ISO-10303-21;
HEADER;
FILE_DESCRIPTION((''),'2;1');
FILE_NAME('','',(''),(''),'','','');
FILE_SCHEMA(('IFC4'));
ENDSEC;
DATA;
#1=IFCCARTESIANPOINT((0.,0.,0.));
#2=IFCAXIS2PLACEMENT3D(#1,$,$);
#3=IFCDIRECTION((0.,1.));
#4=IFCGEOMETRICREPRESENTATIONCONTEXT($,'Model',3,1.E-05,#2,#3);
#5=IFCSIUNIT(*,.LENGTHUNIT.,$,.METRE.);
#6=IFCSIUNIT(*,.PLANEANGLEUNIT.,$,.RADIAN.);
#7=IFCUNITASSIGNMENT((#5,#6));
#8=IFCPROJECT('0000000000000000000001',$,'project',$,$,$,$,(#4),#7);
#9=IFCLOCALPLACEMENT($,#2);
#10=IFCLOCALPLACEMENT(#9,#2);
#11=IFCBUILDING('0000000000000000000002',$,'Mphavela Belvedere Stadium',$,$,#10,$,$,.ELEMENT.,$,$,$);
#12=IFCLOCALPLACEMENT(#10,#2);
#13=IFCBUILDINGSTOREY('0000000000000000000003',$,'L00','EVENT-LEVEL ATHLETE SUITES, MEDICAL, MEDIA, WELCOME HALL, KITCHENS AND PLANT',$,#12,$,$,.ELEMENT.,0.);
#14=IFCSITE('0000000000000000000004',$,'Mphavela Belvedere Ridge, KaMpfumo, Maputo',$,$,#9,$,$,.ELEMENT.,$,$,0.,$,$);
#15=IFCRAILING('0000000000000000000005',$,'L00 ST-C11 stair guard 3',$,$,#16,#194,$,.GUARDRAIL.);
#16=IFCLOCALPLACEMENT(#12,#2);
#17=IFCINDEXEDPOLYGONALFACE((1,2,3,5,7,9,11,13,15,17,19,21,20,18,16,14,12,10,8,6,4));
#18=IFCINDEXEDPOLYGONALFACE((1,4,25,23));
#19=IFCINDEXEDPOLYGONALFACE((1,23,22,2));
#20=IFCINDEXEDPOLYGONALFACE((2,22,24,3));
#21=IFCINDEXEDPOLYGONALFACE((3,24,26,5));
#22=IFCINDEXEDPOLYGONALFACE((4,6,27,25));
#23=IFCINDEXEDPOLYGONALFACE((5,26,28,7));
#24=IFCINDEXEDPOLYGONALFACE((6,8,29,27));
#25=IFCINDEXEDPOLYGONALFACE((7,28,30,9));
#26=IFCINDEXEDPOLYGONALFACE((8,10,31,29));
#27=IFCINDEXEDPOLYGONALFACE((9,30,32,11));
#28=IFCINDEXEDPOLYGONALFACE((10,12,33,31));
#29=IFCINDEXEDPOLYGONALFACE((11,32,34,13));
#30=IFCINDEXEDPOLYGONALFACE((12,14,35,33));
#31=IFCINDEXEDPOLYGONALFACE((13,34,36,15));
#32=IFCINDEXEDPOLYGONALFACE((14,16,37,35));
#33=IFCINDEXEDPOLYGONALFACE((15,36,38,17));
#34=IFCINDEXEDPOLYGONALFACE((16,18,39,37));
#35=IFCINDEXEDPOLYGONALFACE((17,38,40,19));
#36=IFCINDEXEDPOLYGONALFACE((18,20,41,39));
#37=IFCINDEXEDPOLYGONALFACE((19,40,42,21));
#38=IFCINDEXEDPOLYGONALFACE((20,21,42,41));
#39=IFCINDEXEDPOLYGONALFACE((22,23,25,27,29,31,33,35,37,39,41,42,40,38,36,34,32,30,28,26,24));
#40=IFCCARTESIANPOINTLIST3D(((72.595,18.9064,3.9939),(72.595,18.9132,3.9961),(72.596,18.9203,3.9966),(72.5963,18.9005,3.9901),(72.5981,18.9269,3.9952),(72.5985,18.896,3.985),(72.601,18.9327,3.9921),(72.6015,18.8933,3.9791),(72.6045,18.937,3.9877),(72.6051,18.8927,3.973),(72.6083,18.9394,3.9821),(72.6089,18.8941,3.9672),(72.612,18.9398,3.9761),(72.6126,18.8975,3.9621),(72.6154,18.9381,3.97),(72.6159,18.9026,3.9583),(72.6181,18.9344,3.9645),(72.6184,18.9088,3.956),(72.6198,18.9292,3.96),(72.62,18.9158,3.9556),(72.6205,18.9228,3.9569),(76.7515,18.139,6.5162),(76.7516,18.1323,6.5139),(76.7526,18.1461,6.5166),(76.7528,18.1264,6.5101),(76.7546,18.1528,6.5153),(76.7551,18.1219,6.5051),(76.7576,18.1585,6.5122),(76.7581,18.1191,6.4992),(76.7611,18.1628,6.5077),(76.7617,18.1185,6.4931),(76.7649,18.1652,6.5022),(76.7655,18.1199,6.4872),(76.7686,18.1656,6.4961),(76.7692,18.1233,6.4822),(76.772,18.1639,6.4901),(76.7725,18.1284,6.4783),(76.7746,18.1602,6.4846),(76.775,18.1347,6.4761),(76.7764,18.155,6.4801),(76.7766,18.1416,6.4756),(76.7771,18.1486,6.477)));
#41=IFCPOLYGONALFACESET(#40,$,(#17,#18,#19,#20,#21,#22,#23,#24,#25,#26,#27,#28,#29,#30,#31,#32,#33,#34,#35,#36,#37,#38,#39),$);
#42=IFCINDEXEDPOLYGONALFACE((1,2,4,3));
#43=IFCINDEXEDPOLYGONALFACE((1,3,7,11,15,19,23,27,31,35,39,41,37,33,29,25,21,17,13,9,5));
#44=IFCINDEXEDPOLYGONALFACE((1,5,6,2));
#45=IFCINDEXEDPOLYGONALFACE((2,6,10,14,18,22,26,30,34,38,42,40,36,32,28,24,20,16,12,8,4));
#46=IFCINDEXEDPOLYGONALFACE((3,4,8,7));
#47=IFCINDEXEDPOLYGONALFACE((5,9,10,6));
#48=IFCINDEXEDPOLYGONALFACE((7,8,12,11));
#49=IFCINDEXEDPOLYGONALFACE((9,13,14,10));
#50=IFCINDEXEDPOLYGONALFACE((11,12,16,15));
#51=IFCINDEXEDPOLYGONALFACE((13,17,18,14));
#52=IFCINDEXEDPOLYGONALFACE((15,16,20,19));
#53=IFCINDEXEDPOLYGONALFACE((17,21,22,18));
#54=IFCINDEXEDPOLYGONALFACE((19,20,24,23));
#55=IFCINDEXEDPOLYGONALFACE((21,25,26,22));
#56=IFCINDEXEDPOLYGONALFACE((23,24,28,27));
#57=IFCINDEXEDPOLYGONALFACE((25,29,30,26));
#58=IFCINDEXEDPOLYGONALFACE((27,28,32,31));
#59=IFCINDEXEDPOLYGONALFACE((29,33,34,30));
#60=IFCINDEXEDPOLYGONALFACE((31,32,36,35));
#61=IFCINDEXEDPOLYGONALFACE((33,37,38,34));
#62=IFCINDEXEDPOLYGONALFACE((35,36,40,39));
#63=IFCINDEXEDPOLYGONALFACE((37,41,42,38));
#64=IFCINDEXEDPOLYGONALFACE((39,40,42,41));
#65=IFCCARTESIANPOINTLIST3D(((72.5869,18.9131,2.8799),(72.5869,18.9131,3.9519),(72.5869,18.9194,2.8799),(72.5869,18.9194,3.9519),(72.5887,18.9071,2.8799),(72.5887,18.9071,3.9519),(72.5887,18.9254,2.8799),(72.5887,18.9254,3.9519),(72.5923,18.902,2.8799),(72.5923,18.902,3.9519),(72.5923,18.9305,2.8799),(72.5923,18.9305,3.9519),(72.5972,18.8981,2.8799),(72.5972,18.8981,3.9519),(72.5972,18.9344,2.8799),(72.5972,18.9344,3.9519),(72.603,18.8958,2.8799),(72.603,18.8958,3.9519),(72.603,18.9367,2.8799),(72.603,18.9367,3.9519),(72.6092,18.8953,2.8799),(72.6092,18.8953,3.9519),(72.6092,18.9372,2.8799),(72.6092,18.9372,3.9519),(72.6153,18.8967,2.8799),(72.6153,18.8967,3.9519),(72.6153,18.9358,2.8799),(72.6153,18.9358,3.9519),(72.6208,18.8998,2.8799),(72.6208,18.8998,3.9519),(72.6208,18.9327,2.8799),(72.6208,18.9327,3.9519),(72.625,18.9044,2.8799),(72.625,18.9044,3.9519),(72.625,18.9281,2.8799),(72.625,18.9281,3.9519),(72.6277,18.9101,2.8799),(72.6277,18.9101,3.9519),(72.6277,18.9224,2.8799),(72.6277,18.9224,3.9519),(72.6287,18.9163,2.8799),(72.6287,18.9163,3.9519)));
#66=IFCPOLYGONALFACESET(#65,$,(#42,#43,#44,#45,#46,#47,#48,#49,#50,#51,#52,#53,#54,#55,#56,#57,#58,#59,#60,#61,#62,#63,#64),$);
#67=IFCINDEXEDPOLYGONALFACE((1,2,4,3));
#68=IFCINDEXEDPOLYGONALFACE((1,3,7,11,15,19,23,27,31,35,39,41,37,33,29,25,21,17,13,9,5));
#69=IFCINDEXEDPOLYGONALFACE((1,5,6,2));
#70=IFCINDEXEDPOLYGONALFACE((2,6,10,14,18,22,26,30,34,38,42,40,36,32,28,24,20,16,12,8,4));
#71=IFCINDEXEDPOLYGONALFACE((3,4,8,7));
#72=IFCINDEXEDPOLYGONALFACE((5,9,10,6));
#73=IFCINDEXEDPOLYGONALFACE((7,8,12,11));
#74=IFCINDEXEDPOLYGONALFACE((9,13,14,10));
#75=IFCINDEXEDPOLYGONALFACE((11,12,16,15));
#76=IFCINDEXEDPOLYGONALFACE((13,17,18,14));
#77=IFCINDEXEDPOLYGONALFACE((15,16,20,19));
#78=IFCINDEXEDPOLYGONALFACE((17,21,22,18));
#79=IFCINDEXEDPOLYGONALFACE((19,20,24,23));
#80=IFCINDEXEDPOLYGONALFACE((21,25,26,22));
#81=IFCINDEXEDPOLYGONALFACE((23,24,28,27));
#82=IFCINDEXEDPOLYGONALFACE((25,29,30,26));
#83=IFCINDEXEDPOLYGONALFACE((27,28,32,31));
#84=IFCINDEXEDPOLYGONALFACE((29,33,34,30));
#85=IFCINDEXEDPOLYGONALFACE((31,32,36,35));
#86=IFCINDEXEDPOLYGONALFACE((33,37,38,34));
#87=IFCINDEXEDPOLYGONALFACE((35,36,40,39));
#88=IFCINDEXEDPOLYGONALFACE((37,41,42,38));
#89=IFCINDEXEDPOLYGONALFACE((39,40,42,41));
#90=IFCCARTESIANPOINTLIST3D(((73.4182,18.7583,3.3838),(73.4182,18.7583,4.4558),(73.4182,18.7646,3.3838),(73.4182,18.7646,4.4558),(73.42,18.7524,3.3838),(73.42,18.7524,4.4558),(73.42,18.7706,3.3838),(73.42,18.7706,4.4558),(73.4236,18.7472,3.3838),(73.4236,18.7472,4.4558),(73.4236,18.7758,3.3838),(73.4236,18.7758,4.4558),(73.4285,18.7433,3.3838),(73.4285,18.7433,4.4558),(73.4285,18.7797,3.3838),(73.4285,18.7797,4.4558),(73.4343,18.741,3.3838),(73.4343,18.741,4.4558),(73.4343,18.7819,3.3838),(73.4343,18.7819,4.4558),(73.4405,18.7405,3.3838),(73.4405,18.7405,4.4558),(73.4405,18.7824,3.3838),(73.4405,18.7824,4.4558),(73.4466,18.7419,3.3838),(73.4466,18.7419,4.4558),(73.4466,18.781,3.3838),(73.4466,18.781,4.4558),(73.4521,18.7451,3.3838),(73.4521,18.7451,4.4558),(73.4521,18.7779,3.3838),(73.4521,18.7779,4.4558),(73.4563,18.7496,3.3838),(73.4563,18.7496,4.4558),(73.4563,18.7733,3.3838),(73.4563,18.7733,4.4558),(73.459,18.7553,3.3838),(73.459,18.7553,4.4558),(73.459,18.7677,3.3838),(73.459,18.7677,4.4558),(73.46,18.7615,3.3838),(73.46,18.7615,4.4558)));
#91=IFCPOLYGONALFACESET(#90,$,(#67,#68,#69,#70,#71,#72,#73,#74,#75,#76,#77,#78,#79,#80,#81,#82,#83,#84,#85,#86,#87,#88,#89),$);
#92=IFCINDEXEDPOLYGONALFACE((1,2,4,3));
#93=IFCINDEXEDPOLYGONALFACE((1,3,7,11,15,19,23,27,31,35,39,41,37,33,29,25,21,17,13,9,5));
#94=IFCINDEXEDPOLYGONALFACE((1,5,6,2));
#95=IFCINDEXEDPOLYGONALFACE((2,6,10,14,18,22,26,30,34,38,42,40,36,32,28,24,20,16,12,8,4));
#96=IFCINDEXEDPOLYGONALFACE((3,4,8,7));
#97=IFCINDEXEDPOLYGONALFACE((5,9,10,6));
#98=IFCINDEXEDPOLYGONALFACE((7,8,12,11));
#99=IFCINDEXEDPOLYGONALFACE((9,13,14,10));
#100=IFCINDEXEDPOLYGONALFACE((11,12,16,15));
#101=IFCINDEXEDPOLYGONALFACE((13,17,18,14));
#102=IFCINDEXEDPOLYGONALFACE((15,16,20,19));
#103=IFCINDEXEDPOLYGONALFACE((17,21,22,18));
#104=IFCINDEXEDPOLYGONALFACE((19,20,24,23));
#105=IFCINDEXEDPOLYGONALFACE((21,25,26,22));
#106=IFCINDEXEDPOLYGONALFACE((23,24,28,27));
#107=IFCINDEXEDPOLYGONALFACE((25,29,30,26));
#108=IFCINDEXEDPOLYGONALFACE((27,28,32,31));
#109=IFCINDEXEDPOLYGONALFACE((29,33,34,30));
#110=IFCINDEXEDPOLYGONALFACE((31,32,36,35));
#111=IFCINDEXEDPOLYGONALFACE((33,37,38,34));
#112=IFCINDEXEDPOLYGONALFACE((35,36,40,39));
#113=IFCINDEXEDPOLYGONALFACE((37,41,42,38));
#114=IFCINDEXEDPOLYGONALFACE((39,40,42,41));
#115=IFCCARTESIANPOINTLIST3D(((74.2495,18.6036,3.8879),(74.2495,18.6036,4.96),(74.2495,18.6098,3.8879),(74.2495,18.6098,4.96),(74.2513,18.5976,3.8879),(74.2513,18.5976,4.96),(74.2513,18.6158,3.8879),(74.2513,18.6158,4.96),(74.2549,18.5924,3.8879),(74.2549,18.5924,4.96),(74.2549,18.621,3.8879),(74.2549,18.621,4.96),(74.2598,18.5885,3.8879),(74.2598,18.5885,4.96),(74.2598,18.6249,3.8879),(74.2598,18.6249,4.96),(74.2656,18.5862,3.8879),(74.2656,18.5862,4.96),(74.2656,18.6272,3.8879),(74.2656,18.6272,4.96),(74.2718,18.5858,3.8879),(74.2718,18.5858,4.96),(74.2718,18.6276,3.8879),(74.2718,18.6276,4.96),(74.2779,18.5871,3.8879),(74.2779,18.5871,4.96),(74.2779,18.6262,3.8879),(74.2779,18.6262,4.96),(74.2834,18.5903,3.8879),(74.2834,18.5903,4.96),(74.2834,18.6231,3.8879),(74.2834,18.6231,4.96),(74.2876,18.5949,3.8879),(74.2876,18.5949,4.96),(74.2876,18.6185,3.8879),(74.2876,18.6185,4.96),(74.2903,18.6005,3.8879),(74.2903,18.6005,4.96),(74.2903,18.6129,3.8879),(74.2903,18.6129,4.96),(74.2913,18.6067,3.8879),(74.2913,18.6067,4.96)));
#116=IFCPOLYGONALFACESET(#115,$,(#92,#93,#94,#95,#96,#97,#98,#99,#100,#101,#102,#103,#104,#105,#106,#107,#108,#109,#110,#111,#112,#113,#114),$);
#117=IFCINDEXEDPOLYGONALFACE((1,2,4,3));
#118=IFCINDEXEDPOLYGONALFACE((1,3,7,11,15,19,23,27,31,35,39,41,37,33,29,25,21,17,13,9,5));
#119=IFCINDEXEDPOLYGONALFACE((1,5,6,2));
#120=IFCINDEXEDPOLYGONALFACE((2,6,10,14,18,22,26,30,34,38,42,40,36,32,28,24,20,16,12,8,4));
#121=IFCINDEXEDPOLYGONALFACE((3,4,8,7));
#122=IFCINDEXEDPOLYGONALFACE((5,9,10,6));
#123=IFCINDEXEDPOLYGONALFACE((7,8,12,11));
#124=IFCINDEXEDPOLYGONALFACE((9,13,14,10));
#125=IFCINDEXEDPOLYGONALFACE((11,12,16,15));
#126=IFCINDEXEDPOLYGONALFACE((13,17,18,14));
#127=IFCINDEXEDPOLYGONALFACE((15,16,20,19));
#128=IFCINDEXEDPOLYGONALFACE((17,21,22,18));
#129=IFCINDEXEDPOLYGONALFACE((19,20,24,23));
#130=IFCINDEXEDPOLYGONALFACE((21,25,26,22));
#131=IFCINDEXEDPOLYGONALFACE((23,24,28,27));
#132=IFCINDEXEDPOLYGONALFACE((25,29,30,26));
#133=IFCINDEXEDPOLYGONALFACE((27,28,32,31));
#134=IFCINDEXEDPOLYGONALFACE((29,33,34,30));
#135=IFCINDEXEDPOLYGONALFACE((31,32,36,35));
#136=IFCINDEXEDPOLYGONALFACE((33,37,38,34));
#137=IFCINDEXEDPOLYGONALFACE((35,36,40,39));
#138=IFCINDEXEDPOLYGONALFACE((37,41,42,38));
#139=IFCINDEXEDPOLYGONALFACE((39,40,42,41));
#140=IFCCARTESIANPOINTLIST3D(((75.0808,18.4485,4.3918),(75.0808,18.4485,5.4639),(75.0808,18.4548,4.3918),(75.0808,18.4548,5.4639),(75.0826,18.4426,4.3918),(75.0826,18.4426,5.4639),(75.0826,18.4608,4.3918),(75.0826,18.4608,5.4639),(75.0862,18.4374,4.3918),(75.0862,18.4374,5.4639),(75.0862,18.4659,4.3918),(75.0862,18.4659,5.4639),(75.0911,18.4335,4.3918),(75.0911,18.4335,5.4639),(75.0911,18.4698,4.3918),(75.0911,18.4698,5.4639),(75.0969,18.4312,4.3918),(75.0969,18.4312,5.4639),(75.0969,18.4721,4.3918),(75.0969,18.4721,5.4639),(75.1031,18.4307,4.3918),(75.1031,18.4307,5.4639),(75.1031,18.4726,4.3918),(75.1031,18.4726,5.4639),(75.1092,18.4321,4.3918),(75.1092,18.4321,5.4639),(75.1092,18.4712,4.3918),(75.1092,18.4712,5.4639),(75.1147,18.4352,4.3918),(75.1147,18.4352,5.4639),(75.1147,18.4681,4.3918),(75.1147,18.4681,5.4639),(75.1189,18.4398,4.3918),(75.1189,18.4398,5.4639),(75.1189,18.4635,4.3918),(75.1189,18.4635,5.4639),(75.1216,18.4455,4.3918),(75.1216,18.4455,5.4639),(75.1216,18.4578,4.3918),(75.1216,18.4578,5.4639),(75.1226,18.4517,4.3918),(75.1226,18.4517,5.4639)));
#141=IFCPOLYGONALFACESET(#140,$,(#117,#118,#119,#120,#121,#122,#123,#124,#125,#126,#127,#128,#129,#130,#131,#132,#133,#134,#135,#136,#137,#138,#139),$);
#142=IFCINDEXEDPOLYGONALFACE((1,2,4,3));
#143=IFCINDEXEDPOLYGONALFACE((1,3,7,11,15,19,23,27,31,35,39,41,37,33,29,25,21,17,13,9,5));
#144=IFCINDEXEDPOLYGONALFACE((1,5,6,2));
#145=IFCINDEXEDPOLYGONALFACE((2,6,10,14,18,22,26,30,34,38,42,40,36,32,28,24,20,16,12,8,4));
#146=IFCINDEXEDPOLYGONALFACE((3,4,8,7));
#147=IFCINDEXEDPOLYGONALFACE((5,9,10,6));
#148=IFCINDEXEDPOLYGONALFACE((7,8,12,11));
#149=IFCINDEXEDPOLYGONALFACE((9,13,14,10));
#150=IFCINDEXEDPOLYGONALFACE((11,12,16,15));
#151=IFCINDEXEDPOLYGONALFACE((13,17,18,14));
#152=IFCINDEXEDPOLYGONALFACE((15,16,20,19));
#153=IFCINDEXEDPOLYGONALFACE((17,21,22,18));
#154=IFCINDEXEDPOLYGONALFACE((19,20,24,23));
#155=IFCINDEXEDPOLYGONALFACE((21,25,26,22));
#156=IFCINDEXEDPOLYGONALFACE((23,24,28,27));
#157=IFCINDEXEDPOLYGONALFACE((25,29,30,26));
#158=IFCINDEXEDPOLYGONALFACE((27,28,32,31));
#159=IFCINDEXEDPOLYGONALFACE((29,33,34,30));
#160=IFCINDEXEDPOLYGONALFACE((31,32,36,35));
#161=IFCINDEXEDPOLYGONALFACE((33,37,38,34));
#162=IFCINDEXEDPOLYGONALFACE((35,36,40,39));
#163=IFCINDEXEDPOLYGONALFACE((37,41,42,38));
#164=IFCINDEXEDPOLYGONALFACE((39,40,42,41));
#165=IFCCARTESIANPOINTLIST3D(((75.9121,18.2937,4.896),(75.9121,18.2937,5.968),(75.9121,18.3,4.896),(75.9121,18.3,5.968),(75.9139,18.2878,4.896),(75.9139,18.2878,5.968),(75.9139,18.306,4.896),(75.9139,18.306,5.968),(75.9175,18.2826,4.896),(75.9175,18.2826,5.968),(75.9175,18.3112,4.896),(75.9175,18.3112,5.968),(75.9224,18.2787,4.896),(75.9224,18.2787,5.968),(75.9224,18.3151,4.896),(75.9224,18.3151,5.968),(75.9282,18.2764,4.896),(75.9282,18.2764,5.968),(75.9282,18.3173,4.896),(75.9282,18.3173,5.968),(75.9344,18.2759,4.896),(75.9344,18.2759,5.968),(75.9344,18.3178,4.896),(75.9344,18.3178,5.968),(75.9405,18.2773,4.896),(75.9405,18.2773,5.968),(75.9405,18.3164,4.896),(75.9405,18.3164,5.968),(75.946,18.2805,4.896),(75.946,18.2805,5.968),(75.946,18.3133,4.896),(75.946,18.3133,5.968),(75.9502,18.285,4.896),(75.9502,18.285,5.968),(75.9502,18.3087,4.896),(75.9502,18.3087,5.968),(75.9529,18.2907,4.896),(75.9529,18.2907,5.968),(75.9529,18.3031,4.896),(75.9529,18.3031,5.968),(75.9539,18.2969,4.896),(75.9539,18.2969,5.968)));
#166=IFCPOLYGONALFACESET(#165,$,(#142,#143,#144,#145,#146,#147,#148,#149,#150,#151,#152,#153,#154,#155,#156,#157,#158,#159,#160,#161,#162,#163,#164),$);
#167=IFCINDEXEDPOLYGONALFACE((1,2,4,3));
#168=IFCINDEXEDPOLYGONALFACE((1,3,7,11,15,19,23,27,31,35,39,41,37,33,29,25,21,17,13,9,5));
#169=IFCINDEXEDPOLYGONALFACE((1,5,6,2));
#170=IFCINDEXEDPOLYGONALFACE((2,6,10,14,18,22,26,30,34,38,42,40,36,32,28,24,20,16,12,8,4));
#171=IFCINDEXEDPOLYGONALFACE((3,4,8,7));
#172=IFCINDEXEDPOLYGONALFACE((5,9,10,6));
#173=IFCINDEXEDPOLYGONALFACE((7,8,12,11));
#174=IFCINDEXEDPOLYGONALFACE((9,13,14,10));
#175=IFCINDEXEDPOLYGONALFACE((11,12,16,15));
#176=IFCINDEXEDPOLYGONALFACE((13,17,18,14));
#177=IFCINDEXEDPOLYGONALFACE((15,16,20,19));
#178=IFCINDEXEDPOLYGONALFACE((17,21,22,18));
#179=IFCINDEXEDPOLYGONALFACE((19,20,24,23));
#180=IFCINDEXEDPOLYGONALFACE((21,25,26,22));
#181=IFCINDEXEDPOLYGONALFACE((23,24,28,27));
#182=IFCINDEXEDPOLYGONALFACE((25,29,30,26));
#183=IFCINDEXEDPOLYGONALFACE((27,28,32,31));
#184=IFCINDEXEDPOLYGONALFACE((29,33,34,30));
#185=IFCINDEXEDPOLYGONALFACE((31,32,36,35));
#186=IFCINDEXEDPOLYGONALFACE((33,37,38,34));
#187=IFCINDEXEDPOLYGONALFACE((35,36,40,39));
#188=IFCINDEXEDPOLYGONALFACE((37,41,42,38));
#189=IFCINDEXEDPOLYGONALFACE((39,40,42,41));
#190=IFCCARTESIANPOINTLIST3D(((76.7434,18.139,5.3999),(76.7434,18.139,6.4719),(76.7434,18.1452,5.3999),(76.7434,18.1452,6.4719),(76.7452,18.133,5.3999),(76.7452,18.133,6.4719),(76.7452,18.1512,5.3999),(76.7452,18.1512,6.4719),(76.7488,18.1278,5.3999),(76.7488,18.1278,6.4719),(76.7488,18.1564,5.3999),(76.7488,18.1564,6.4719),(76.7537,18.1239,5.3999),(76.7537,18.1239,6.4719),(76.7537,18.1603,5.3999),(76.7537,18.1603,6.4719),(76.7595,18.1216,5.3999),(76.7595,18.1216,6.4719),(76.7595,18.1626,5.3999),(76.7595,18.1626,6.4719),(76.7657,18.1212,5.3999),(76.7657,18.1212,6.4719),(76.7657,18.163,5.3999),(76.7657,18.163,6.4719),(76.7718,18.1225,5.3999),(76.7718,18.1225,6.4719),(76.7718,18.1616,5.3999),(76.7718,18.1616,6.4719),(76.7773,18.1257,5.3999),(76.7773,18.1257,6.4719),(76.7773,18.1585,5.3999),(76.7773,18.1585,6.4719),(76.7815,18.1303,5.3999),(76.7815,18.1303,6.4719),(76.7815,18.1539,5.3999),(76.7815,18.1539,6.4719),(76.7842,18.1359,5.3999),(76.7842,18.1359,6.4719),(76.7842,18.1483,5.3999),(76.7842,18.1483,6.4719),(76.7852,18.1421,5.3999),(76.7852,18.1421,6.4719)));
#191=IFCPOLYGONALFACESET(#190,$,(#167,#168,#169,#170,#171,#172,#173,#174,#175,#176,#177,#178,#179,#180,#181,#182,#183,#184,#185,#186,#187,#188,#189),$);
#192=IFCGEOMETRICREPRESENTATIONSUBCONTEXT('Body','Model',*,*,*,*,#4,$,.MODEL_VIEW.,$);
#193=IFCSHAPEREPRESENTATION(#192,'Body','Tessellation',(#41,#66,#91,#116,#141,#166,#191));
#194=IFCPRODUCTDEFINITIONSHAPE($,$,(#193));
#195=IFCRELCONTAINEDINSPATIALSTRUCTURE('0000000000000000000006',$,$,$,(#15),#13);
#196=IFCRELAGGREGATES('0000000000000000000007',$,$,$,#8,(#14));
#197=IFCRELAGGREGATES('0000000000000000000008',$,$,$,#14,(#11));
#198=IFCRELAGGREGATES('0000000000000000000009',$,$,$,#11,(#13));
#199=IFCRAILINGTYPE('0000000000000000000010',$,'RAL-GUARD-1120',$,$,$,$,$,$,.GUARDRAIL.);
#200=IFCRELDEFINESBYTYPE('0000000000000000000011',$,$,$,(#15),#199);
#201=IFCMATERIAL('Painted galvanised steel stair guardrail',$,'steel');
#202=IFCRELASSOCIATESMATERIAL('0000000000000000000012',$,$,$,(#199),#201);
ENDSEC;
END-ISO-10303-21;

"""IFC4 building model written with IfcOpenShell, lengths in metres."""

from ifc_helpers import new_model, si_unit, direction, frame, origin, origin_2d, place, context, subcontext, project, spatial, circle, extrude, material, type_object, element, save


model = new_model("IFC4")

# Units and contexts
model_context = context("Model", 3, precision=1e-05, world=origin(), true_north=direction((0.0, 1.0)))
body_context = subcontext(model_context, "Body", "Model", "MODEL_VIEW")
ifc_project = project(units=[si_unit("LENGTHUNIT", "METRE"), si_unit("PLANEANGLEUNIT", "RADIAN")], contexts=[model_context])

# Site, building, storey
site_placement = place(None, origin())
site = spatial("IfcSite", under=ifc_project, at=site_placement, Name="Mphavela Belvedere Ridge, KaMpfumo, Maputo", CompositionType="ELEMENT", RefElevation=0.0)
building_placement = place(site_placement, origin())
building = spatial("IfcBuilding", under=site, at=building_placement, Name="Mphavela Belvedere Stadium", CompositionType="ELEMENT")
storey_placement = place(building_placement, origin())
storey = spatial("IfcBuildingStorey", under=building, at=storey_placement, Name="L00", Description="EVENT-LEVEL ATHLETE SUITES, MEDICAL, MEDIA, WELCOME HALL, KITCHENS AND PLANT", CompositionType="ELEMENT", Elevation=0.0)

# Railing
ifc_material_1 = material(Name="Painted galvanised steel stair guardrail", Category="steel")
railing_type_1 = type_object("IfcRailingType", Name="RAL-GUARD-1120", PredefinedType="GUARDRAIL", material=ifc_material_1)
railing_1_placement = place(storey_placement, frame((72.6077, 18.9163, 2.8799)))
element("IfcRailing", 1, at=railing_1_placement, inside=storey, type_object=railing_type_1, Name="L00 ST-C11 stair guard 3", PredefinedType="GUARDRAIL", context=body_context, shape_type="SweptSolid", body=[
    extrude(circle(Radius=0.0239, at=origin_2d()), frame((0.0, 0.0, 1.0962), z_axis=(0.844469, -0.157287, 0.511989), x_axis=(0.183107, 0.983093, 0.0)), (0.0, 0.0, 1.0), 4.9221),
    extrude(circle(Radius=0.021, at=origin_2d()), origin(), (0.0, 0.0, 1.0), 1.072),
    extrude(circle(Radius=0.021, at=origin_2d()), frame((0.8313, -0.1548, 0.5039)), (0.0, 0.0, 1.0), 1.072),
    extrude(circle(Radius=0.021, at=origin_2d()), frame((1.6626, -0.3096, 1.0081)), (0.0, 0.0, 1.0), 1.072),
    extrude(circle(Radius=0.021, at=origin_2d()), frame((2.4939, -0.4646, 1.512)), (0.0, 0.0, 1.0), 1.072),
    extrude(circle(Radius=0.021, at=origin_2d()), frame((3.3252, -0.6194, 2.0161)), (0.0, 0.0, 1.0), 1.072),
    extrude(circle(Radius=0.021, at=origin_2d()), frame((4.1565, -0.7742, 2.52)), (0.0, 0.0, 1.0), 1.072),
])

save(model, "model.ifc")
